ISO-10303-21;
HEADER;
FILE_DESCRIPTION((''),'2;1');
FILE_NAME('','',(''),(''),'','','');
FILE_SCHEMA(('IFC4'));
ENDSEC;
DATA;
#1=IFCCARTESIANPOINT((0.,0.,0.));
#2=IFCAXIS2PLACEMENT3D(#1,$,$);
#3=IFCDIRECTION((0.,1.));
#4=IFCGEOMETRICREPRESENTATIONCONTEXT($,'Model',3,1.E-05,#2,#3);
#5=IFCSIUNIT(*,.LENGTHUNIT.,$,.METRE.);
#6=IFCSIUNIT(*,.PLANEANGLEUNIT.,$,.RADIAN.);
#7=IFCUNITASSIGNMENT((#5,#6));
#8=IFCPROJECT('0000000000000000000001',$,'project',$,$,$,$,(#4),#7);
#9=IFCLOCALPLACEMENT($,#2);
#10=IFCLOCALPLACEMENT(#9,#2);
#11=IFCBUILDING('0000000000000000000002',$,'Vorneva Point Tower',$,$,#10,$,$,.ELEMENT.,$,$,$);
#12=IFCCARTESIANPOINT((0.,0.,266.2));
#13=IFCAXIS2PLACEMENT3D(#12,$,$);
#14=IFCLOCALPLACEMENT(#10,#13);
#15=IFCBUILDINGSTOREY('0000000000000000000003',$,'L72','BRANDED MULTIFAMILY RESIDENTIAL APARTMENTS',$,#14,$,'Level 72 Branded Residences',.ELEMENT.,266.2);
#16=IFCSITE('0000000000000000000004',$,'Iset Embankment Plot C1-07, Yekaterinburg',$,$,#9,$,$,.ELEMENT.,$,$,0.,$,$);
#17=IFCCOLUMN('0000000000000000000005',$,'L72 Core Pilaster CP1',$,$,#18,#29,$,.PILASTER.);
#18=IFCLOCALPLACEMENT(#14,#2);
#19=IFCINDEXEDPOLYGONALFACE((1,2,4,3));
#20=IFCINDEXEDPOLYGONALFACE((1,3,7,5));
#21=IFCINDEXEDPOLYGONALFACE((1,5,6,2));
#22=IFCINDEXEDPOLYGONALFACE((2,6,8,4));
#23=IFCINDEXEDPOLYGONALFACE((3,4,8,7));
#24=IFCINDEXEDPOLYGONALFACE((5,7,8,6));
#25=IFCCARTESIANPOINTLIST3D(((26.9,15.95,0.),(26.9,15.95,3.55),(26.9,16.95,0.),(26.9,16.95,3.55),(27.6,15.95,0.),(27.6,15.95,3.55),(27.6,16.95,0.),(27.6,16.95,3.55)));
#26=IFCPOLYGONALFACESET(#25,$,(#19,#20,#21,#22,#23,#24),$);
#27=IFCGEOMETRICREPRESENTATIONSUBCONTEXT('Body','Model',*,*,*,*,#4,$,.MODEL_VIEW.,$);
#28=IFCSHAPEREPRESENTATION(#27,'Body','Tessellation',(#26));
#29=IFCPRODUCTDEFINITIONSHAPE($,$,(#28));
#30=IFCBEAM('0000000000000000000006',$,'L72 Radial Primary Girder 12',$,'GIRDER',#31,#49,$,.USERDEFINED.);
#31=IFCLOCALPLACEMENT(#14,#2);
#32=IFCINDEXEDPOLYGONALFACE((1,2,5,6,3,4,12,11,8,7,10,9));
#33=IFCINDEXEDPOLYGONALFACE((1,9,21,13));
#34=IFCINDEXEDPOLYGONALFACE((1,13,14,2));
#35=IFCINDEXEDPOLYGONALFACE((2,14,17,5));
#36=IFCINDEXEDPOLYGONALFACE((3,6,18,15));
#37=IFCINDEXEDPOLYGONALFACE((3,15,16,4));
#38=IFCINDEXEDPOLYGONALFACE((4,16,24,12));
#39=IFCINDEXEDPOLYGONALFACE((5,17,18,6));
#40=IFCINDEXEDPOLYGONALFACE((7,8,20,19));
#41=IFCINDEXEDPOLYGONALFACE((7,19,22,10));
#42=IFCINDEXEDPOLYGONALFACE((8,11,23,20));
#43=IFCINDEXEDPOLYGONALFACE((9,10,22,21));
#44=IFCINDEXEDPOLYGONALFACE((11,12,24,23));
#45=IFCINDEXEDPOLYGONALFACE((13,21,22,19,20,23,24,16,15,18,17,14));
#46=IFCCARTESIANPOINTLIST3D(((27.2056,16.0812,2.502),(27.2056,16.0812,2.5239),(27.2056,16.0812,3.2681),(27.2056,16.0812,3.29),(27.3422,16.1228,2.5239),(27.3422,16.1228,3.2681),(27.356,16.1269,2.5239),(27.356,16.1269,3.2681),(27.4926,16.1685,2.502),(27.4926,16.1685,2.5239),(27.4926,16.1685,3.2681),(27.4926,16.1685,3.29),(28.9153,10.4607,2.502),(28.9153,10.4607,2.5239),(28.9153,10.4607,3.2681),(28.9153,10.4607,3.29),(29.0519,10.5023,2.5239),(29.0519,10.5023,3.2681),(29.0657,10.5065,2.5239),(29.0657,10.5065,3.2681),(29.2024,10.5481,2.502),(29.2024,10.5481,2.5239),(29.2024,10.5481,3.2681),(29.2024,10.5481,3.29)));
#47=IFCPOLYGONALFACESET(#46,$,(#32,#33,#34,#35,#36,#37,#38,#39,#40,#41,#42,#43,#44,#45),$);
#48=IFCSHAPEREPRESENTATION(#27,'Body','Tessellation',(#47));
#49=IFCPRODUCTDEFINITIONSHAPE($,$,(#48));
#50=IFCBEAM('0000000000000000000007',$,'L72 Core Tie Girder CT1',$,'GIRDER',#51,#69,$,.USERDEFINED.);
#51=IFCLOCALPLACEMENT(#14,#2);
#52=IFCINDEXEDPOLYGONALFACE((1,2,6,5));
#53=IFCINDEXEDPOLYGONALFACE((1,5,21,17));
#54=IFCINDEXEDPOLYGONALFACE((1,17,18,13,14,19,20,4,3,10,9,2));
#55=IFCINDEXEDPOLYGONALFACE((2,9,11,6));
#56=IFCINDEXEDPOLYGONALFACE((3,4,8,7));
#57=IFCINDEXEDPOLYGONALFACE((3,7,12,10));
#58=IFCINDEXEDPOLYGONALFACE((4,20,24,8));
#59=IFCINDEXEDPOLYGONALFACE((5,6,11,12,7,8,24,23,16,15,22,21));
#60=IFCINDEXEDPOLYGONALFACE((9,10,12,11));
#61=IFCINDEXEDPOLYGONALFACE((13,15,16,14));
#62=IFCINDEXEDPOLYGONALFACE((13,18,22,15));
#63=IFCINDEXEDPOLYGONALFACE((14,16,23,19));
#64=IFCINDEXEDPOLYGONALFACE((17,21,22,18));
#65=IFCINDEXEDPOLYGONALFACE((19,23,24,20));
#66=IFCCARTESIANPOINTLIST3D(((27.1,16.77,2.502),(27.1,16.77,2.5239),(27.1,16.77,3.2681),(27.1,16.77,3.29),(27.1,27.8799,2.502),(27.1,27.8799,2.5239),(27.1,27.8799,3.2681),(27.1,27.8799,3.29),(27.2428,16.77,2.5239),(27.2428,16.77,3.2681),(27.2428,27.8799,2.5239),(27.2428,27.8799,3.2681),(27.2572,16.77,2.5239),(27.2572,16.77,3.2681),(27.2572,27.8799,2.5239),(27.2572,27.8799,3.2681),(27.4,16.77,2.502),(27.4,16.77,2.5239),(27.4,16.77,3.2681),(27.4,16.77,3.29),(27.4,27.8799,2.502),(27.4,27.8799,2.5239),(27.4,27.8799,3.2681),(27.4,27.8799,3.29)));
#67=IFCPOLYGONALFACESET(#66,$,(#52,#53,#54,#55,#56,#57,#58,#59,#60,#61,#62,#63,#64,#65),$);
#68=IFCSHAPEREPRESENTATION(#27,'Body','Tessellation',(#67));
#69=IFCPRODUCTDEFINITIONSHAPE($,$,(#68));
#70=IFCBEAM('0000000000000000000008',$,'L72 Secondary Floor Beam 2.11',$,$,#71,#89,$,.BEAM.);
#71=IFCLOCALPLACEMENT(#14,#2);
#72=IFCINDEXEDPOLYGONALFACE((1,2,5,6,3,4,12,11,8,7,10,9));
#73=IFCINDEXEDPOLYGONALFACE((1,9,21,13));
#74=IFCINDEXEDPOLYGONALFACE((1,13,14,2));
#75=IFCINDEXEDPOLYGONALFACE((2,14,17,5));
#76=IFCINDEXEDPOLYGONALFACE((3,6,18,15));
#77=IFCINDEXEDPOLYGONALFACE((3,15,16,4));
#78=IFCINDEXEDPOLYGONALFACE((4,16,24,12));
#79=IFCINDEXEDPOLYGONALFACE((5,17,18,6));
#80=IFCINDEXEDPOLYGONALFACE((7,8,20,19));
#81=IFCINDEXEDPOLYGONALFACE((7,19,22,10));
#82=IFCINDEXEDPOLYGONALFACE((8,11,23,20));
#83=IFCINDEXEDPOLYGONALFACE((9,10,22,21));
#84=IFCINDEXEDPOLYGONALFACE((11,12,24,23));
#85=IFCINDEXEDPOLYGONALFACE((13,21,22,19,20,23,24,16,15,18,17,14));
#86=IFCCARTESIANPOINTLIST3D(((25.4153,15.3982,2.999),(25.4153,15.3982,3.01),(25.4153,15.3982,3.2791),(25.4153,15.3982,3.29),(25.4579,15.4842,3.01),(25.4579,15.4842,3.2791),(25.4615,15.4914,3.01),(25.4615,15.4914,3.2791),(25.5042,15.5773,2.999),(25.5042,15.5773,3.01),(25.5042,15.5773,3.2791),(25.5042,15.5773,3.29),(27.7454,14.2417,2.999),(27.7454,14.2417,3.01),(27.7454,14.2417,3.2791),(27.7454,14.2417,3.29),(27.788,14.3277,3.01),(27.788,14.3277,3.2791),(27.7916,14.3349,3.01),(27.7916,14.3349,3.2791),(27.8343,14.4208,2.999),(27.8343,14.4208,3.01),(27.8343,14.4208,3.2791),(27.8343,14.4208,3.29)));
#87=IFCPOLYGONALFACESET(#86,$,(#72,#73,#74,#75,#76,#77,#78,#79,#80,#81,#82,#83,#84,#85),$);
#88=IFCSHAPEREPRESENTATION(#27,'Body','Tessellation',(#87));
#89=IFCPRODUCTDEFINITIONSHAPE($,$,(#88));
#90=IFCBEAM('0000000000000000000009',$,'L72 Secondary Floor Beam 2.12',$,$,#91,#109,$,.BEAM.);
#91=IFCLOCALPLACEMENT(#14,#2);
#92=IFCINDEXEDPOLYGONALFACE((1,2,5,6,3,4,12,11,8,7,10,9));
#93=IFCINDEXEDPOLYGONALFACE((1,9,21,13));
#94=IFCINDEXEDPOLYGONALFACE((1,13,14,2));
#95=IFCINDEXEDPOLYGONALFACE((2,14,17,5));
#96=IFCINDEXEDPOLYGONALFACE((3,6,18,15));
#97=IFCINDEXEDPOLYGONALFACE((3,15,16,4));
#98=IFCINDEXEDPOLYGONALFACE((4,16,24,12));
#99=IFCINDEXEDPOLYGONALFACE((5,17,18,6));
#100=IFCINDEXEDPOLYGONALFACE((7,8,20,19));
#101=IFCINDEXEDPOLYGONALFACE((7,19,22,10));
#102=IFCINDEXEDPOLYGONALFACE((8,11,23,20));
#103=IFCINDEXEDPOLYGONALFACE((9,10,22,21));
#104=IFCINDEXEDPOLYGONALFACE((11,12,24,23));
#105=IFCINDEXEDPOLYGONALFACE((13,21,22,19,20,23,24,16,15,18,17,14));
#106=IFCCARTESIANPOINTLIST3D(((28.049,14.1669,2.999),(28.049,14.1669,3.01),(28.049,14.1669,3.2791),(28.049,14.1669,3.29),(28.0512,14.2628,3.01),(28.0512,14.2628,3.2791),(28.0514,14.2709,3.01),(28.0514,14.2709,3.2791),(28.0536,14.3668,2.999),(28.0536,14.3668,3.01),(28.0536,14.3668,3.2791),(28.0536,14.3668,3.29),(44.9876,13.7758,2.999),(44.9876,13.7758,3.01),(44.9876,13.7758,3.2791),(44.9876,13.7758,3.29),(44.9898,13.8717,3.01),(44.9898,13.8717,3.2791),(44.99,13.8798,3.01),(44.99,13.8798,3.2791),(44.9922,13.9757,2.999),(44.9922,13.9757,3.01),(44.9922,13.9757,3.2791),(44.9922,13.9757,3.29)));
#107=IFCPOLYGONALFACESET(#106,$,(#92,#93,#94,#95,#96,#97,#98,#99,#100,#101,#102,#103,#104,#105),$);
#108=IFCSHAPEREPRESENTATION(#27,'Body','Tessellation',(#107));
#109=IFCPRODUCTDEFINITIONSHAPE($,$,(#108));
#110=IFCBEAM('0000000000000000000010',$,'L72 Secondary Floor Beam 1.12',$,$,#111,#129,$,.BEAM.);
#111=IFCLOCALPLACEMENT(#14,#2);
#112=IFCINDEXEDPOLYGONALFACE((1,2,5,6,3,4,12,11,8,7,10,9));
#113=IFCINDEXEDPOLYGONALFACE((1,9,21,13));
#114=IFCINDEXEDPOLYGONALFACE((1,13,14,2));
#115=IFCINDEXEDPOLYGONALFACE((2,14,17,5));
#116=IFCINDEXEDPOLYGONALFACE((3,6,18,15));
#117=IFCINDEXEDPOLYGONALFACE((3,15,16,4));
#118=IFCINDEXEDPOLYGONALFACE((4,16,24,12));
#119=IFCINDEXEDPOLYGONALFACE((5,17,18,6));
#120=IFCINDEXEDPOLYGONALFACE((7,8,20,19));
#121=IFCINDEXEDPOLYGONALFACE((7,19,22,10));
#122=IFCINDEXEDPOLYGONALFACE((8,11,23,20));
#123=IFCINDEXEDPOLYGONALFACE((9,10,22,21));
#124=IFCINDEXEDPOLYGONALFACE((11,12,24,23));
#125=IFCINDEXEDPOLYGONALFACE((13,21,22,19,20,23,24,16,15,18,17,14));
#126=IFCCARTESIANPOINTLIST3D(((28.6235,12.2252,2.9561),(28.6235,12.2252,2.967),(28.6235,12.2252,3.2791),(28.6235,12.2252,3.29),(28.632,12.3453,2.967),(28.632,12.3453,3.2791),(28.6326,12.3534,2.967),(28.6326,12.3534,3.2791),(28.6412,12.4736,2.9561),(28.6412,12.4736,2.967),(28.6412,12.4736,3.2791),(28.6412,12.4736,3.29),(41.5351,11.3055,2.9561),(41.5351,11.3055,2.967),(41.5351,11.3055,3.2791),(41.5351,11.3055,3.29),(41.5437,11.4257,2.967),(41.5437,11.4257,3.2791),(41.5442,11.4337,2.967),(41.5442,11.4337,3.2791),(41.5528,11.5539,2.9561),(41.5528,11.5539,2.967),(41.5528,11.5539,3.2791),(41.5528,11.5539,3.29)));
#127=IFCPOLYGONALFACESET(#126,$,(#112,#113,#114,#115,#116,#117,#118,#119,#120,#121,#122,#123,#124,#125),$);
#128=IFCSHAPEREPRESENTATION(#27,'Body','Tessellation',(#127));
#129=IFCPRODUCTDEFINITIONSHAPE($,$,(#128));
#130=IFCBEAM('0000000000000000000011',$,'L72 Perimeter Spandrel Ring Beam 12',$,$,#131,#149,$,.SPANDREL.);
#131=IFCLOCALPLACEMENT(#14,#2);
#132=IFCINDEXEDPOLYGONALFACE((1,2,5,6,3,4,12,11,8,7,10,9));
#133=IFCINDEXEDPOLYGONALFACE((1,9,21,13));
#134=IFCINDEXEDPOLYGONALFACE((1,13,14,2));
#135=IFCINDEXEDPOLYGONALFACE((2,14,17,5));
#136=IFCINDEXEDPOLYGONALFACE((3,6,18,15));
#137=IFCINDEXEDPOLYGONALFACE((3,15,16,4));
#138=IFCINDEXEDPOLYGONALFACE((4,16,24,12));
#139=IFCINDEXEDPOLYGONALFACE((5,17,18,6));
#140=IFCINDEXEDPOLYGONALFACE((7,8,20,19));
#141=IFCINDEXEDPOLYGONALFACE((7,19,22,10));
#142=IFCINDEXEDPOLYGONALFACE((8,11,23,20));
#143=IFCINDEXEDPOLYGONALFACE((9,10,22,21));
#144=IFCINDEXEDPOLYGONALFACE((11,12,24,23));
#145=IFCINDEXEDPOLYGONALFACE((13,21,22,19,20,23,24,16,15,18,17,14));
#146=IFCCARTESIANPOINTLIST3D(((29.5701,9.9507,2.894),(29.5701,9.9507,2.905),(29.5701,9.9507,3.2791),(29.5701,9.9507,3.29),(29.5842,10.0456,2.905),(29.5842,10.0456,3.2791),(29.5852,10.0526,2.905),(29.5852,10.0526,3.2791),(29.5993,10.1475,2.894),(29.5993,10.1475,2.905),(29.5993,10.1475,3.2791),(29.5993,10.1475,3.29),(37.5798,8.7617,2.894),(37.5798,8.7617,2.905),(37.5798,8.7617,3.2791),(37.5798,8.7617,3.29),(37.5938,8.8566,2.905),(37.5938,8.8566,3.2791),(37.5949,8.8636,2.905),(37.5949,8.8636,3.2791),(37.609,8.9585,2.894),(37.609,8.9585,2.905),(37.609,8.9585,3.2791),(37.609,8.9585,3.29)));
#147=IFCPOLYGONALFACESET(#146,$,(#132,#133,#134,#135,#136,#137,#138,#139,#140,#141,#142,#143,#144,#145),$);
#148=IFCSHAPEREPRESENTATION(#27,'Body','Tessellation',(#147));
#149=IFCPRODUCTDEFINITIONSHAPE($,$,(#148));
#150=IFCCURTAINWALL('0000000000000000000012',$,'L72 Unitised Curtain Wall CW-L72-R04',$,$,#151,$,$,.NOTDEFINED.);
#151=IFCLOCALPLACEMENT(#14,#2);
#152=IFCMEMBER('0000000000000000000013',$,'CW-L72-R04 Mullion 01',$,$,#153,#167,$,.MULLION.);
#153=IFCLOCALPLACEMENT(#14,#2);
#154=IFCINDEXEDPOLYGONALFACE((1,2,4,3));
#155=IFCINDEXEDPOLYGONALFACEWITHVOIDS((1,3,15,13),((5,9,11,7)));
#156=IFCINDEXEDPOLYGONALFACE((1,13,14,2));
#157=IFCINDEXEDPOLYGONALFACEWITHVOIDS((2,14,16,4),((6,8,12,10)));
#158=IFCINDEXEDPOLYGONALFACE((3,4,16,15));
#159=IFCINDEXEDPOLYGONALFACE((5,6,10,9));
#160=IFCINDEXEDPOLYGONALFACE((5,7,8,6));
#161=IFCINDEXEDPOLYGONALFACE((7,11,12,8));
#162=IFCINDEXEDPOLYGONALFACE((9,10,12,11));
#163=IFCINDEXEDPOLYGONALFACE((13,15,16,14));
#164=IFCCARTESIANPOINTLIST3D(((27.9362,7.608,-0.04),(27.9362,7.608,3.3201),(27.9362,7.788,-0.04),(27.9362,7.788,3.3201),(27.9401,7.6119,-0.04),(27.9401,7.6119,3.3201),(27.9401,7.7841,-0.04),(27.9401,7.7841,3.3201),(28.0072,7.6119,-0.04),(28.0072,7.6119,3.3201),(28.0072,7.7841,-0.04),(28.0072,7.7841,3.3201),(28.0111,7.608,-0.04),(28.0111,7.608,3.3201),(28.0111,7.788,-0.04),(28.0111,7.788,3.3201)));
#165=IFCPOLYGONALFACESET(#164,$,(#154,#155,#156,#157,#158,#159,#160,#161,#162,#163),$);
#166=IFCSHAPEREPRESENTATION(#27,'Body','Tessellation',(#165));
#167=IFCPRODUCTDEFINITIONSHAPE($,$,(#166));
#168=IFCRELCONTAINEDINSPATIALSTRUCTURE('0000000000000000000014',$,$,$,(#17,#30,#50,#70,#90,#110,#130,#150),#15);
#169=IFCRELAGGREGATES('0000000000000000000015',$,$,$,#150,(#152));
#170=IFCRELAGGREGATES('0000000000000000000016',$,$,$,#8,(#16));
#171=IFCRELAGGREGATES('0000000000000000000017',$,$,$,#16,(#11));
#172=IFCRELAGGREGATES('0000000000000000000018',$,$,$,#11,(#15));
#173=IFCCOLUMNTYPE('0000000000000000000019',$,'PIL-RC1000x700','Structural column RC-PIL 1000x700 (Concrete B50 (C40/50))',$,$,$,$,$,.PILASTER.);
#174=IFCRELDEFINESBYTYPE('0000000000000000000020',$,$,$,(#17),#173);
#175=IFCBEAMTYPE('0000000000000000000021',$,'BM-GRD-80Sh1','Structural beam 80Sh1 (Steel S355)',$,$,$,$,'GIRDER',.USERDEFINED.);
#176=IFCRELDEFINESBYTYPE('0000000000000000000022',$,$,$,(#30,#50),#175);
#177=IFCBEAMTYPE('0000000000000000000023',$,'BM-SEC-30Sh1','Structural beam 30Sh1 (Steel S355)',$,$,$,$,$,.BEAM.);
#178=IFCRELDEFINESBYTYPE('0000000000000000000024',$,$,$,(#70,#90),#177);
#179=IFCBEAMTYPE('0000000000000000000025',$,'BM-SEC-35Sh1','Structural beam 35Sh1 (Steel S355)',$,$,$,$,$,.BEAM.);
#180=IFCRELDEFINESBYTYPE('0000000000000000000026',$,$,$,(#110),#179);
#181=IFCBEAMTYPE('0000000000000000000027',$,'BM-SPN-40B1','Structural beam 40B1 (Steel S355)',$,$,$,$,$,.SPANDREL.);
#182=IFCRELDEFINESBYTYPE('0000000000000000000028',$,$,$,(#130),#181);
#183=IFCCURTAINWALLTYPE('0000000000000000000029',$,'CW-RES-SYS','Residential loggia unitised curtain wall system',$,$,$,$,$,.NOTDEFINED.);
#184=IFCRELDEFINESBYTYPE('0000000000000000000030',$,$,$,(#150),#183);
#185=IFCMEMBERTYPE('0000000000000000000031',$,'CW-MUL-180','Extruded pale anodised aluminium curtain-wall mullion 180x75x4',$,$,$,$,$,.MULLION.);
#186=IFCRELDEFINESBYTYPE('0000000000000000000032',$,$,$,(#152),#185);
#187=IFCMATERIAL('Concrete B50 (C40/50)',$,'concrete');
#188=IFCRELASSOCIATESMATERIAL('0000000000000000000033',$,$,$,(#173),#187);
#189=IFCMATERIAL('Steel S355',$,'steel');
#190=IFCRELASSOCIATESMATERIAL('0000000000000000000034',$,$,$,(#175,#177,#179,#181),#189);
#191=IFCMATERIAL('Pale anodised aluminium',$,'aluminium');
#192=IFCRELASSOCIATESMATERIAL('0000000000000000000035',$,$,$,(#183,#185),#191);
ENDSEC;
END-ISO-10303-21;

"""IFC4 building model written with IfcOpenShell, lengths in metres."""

from ifc_helpers import new_model, si_unit, direction, frame, origin, origin_2d, place, context, subcontext, project, spatial, rectangle, hollow_rectangle, i_section, extrude, material, material_profile, profile_set, type_object, element, aggregate, save


model = new_model("IFC4")

# Units and contexts
model_context = context("Model", 3, precision=1e-05, world=origin(), true_north=direction((0.0, 1.0)))
body_context = subcontext(model_context, "Body", "Model", "MODEL_VIEW")
ifc_project = project(units=[si_unit("LENGTHUNIT", "METRE"), si_unit("PLANEANGLEUNIT", "RADIAN")], contexts=[model_context])

# Site, building, storey
site_placement = place(None, origin())
site = spatial("IfcSite", under=ifc_project, at=site_placement, Name="Iset Embankment Plot C1-07, Yekaterinburg", CompositionType="ELEMENT", RefElevation=0.0)
building_placement = place(site_placement, origin())
building = spatial("IfcBuilding", under=site, at=building_placement, Name="Vorneva Point Tower", CompositionType="ELEMENT")
storey_placement = place(building_placement, frame((0.0, 0.0, 266.2)))
storey = spatial("IfcBuildingStorey", under=building, at=storey_placement, Name="L72", Description="BRANDED MULTIFAMILY RESIDENTIAL APARTMENTS", LongName="Level 72 Branded Residences", CompositionType="ELEMENT", Elevation=266.2)

# Column
ifc_material_1 = material(Name="Concrete B50 (C40/50)", Category="concrete")
ifc_material_profile_1 = material_profile(ifc_material_1, rectangle(XDim=0.7, YDim=1.0, at=origin_2d()), Name="RC-PIL 1000x700")
ifc_profile_set_1 = profile_set([ifc_material_profile_1], Name="Concrete B50 (C40/50)")
column_type_1 = type_object("IfcColumnType", Name="PIL-RC1000x700", Description="Structural column RC-PIL 1000x700 (Concrete B50 (C40/50))", PredefinedType="PILASTER", material=ifc_profile_set_1)
column_1_placement = place(storey_placement, frame((27.25, 16.45, 0.0), z_axis=(0.0, 0.0, 1.0), x_axis=(1.0, 0.0, 0.0)))
element("IfcColumn", 1, at=column_1_placement, inside=storey, type_object=column_type_1, Name="L72 Core Pilaster CP1", PredefinedType="PILASTER", context=body_context, shape_type="SweptSolid", body=[
    extrude(rectangle(XDim=0.7, YDim=1.0, at=origin_2d()), origin(), (0.0, 0.0, 1.0), 3.55),
])

# Beams
ifc_material_2 = material(Name="Steel S355", Category="steel")
ifc_material_profile_2 = material_profile(ifc_material_2, i_section(OverallWidth=0.3, OverallDepth=0.7881, WebThickness=0.0144, FlangeThickness=0.022, at=origin_2d()), Name="80Sh1")
ifc_profile_set_2 = profile_set([ifc_material_profile_2], Name="Steel S355")
beam_type_1 = type_object("IfcBeamType", Name="BM-GRD-80Sh1", Description="Structural beam 80Sh1 (Steel S355)", ElementType="GIRDER", PredefinedType="USERDEFINED", material=ifc_profile_set_2)
beam_1_placement = place(storey_placement, frame((29.0588, 10.5044, 2.896), z_axis=(-0.291033, 0.956713, 0.0), x_axis=(-0.956713, -0.291033, 0.0)))
element("IfcBeam", 2, at=beam_1_placement, inside=storey, type_object=beam_type_1, Name="L72 Radial Primary Girder 12", ObjectType="GIRDER", PredefinedType="USERDEFINED", context=body_context, shape_type="SweptSolid", body=[
    extrude(i_section(OverallWidth=0.3, OverallDepth=0.7881, WebThickness=0.0144, FlangeThickness=0.022, at=origin_2d()), origin(), (0.0, 0.0, 1.0), 5.8748),
])
beam_2_placement = place(storey_placement, frame((27.25, 16.77, 2.896), z_axis=(0.0, 1.0, 0.0), x_axis=(-1.0, 0.0, 0.0)))
element("IfcBeam", 3, at=beam_2_placement, inside=storey, type_object=beam_type_1, Name="L72 Core Tie Girder CT1", ObjectType="GIRDER", PredefinedType="USERDEFINED", context=body_context, shape_type="SweptSolid", body=[
    extrude(i_section(OverallWidth=0.3, OverallDepth=0.7881, WebThickness=0.0144, FlangeThickness=0.022, at=origin_2d()), origin(), (0.0, 0.0, 1.0), 11.1099),
])
ifc_material_profile_3 = material_profile(ifc_material_2, i_section(OverallWidth=0.2, OverallDepth=0.291, WebThickness=0.0081, FlangeThickness=0.011, at=origin_2d()), Name="30Sh1")
ifc_profile_set_3 = profile_set([ifc_material_profile_3], Name="Steel S355")
beam_type_2 = type_object("IfcBeamType", Name="BM-SEC-30Sh1", Description="Structural beam 30Sh1 (Steel S355)", PredefinedType="BEAM", material=ifc_profile_set_3)
beam_3_placement = place(storey_placement, frame((25.4597, 15.4878, 3.1445), z_axis=(0.895737, -0.444584, 0.0), x_axis=(0.444584, 0.895737, 0.0)))
element("IfcBeam", 4, at=beam_3_placement, inside=storey, type_object=beam_type_2, Name="L72 Secondary Floor Beam 2.11", PredefinedType="BEAM", context=body_context, shape_type="SweptSolid", body=[
    extrude(i_section(OverallWidth=0.2, OverallDepth=0.291, WebThickness=0.0081, FlangeThickness=0.011, at=origin_2d()), origin(), (0.0, 0.0, 1.0), 2.6013),
])
beam_4_placement = place(storey_placement, frame((28.0513, 14.2668, 3.1445), z_axis=(0.999734, -0.023084, 0.0), x_axis=(0.023084, 0.999734, 0.0)))
element("IfcBeam", 5, at=beam_4_placement, inside=storey, type_object=beam_type_2, Name="L72 Secondary Floor Beam 2.12", PredefinedType="BEAM", context=body_context, shape_type="SweptSolid", body=[
    extrude(i_section(OverallWidth=0.2, OverallDepth=0.291, WebThickness=0.0081, FlangeThickness=0.011, at=origin_2d()), origin(), (0.0, 0.0, 1.0), 16.9431),
])
ifc_material_profile_4 = material_profile(ifc_material_2, i_section(OverallWidth=0.249, OverallDepth=0.334, WebThickness=0.0081, FlangeThickness=0.011, at=origin_2d()), Name="35Sh1")
ifc_profile_set_4 = profile_set([ifc_material_profile_4], Name="Steel S355")
beam_type_3 = type_object("IfcBeamType", Name="BM-SEC-35Sh1", Description="Structural beam 35Sh1 (Steel S355)", PredefinedType="BEAM", material=ifc_profile_set_4)
beam_5_placement = place(storey_placement, frame((28.6323, 12.3494, 3.123), z_axis=(0.997473, -0.071049, 0.0), x_axis=(0.071049, 0.997473, 0.0)))
element("IfcBeam", 6, at=beam_5_placement, inside=storey, type_object=beam_type_3, Name="L72 Secondary Floor Beam 1.12", PredefinedType="BEAM", context=body_context, shape_type="SweptSolid", body=[
    extrude(i_section(OverallWidth=0.249, OverallDepth=0.334, WebThickness=0.0081, FlangeThickness=0.011, at=origin_2d()), origin(), (0.0, 0.0, 1.0), 12.9443),
])
ifc_material_profile_5 = material_profile(ifc_material_2, i_section(OverallWidth=0.199, OverallDepth=0.396, WebThickness=0.0071, FlangeThickness=0.011, at=origin_2d()), Name="40B1")
ifc_profile_set_5 = profile_set([ifc_material_profile_5], Name="Steel S355")
beam_type_4 = type_object("IfcBeamType", Name="BM-SPN-40B1", Description="Structural beam 40B1 (Steel S355)", PredefinedType="SPANDREL", material=ifc_profile_set_5)
beam_6_placement = place(storey_placement, frame((29.5847, 10.0491, 3.092), z_axis=(0.989162, -0.146831, 0.0), x_axis=(0.146831, 0.989162, 0.0)))
element("IfcBeam", 7, at=beam_6_placement, inside=storey, type_object=beam_type_4, Name="L72 Perimeter Spandrel Ring Beam 12", PredefinedType="SPANDREL", context=body_context, shape_type="SweptSolid", body=[
    extrude(i_section(OverallWidth=0.199, OverallDepth=0.396, WebThickness=0.0071, FlangeThickness=0.011, at=origin_2d()), origin(), (0.0, 0.0, 1.0), 8.0974),
])

# Curtain wall, member
ifc_material_3 = material(Name="Pale anodised aluminium", Category="aluminium")
curtain_wall_type = type_object("IfcCurtainWallType", Name="CW-RES-SYS", Description="Residential loggia unitised curtain wall system", PredefinedType="NOTDEFINED", material=ifc_material_3)
curtain_wall_placement = place(storey_placement, origin())
curtain_wall = element("IfcCurtainWall", 8, at=curtain_wall_placement, inside=storey, type_object=curtain_wall_type, Name="L72 Unitised Curtain Wall CW-L72-R04", PredefinedType="NOTDEFINED")
ifc_material_profile_6 = material_profile(ifc_material_3, hollow_rectangle(XDim=0.075, YDim=0.1799, WallThickness=0.0039, at=origin_2d()), Name="AL-MUL 180x75x4")
ifc_profile_set_6 = profile_set([ifc_material_profile_6], Name="Pale anodised aluminium")
member_type_1 = type_object("IfcMemberType", Name="CW-MUL-180", Description="Extruded pale anodised aluminium curtain-wall mullion 180x75x4", PredefinedType="MULLION", material=ifc_profile_set_6)
member_1_placement = place(storey_placement, frame((27.9736, 7.698, -0.04), z_axis=(0.0, 0.0, 1.0), x_axis=(1.0, 0.0, 0.0)))
member_1 = element("IfcMember", 9, at=member_1_placement, type_object=member_type_1, Name="CW-L72-R04 Mullion 01", PredefinedType="MULLION", context=body_context, shape_type="SweptSolid", body=[
    extrude(hollow_rectangle(XDim=0.075, YDim=0.1799, WallThickness=0.0039, at=origin_2d()), origin(), (0.0, 0.0, 1.0), 3.3601),
])
aggregate(curtain_wall, [member_1])

save(model, "model.ifc")
